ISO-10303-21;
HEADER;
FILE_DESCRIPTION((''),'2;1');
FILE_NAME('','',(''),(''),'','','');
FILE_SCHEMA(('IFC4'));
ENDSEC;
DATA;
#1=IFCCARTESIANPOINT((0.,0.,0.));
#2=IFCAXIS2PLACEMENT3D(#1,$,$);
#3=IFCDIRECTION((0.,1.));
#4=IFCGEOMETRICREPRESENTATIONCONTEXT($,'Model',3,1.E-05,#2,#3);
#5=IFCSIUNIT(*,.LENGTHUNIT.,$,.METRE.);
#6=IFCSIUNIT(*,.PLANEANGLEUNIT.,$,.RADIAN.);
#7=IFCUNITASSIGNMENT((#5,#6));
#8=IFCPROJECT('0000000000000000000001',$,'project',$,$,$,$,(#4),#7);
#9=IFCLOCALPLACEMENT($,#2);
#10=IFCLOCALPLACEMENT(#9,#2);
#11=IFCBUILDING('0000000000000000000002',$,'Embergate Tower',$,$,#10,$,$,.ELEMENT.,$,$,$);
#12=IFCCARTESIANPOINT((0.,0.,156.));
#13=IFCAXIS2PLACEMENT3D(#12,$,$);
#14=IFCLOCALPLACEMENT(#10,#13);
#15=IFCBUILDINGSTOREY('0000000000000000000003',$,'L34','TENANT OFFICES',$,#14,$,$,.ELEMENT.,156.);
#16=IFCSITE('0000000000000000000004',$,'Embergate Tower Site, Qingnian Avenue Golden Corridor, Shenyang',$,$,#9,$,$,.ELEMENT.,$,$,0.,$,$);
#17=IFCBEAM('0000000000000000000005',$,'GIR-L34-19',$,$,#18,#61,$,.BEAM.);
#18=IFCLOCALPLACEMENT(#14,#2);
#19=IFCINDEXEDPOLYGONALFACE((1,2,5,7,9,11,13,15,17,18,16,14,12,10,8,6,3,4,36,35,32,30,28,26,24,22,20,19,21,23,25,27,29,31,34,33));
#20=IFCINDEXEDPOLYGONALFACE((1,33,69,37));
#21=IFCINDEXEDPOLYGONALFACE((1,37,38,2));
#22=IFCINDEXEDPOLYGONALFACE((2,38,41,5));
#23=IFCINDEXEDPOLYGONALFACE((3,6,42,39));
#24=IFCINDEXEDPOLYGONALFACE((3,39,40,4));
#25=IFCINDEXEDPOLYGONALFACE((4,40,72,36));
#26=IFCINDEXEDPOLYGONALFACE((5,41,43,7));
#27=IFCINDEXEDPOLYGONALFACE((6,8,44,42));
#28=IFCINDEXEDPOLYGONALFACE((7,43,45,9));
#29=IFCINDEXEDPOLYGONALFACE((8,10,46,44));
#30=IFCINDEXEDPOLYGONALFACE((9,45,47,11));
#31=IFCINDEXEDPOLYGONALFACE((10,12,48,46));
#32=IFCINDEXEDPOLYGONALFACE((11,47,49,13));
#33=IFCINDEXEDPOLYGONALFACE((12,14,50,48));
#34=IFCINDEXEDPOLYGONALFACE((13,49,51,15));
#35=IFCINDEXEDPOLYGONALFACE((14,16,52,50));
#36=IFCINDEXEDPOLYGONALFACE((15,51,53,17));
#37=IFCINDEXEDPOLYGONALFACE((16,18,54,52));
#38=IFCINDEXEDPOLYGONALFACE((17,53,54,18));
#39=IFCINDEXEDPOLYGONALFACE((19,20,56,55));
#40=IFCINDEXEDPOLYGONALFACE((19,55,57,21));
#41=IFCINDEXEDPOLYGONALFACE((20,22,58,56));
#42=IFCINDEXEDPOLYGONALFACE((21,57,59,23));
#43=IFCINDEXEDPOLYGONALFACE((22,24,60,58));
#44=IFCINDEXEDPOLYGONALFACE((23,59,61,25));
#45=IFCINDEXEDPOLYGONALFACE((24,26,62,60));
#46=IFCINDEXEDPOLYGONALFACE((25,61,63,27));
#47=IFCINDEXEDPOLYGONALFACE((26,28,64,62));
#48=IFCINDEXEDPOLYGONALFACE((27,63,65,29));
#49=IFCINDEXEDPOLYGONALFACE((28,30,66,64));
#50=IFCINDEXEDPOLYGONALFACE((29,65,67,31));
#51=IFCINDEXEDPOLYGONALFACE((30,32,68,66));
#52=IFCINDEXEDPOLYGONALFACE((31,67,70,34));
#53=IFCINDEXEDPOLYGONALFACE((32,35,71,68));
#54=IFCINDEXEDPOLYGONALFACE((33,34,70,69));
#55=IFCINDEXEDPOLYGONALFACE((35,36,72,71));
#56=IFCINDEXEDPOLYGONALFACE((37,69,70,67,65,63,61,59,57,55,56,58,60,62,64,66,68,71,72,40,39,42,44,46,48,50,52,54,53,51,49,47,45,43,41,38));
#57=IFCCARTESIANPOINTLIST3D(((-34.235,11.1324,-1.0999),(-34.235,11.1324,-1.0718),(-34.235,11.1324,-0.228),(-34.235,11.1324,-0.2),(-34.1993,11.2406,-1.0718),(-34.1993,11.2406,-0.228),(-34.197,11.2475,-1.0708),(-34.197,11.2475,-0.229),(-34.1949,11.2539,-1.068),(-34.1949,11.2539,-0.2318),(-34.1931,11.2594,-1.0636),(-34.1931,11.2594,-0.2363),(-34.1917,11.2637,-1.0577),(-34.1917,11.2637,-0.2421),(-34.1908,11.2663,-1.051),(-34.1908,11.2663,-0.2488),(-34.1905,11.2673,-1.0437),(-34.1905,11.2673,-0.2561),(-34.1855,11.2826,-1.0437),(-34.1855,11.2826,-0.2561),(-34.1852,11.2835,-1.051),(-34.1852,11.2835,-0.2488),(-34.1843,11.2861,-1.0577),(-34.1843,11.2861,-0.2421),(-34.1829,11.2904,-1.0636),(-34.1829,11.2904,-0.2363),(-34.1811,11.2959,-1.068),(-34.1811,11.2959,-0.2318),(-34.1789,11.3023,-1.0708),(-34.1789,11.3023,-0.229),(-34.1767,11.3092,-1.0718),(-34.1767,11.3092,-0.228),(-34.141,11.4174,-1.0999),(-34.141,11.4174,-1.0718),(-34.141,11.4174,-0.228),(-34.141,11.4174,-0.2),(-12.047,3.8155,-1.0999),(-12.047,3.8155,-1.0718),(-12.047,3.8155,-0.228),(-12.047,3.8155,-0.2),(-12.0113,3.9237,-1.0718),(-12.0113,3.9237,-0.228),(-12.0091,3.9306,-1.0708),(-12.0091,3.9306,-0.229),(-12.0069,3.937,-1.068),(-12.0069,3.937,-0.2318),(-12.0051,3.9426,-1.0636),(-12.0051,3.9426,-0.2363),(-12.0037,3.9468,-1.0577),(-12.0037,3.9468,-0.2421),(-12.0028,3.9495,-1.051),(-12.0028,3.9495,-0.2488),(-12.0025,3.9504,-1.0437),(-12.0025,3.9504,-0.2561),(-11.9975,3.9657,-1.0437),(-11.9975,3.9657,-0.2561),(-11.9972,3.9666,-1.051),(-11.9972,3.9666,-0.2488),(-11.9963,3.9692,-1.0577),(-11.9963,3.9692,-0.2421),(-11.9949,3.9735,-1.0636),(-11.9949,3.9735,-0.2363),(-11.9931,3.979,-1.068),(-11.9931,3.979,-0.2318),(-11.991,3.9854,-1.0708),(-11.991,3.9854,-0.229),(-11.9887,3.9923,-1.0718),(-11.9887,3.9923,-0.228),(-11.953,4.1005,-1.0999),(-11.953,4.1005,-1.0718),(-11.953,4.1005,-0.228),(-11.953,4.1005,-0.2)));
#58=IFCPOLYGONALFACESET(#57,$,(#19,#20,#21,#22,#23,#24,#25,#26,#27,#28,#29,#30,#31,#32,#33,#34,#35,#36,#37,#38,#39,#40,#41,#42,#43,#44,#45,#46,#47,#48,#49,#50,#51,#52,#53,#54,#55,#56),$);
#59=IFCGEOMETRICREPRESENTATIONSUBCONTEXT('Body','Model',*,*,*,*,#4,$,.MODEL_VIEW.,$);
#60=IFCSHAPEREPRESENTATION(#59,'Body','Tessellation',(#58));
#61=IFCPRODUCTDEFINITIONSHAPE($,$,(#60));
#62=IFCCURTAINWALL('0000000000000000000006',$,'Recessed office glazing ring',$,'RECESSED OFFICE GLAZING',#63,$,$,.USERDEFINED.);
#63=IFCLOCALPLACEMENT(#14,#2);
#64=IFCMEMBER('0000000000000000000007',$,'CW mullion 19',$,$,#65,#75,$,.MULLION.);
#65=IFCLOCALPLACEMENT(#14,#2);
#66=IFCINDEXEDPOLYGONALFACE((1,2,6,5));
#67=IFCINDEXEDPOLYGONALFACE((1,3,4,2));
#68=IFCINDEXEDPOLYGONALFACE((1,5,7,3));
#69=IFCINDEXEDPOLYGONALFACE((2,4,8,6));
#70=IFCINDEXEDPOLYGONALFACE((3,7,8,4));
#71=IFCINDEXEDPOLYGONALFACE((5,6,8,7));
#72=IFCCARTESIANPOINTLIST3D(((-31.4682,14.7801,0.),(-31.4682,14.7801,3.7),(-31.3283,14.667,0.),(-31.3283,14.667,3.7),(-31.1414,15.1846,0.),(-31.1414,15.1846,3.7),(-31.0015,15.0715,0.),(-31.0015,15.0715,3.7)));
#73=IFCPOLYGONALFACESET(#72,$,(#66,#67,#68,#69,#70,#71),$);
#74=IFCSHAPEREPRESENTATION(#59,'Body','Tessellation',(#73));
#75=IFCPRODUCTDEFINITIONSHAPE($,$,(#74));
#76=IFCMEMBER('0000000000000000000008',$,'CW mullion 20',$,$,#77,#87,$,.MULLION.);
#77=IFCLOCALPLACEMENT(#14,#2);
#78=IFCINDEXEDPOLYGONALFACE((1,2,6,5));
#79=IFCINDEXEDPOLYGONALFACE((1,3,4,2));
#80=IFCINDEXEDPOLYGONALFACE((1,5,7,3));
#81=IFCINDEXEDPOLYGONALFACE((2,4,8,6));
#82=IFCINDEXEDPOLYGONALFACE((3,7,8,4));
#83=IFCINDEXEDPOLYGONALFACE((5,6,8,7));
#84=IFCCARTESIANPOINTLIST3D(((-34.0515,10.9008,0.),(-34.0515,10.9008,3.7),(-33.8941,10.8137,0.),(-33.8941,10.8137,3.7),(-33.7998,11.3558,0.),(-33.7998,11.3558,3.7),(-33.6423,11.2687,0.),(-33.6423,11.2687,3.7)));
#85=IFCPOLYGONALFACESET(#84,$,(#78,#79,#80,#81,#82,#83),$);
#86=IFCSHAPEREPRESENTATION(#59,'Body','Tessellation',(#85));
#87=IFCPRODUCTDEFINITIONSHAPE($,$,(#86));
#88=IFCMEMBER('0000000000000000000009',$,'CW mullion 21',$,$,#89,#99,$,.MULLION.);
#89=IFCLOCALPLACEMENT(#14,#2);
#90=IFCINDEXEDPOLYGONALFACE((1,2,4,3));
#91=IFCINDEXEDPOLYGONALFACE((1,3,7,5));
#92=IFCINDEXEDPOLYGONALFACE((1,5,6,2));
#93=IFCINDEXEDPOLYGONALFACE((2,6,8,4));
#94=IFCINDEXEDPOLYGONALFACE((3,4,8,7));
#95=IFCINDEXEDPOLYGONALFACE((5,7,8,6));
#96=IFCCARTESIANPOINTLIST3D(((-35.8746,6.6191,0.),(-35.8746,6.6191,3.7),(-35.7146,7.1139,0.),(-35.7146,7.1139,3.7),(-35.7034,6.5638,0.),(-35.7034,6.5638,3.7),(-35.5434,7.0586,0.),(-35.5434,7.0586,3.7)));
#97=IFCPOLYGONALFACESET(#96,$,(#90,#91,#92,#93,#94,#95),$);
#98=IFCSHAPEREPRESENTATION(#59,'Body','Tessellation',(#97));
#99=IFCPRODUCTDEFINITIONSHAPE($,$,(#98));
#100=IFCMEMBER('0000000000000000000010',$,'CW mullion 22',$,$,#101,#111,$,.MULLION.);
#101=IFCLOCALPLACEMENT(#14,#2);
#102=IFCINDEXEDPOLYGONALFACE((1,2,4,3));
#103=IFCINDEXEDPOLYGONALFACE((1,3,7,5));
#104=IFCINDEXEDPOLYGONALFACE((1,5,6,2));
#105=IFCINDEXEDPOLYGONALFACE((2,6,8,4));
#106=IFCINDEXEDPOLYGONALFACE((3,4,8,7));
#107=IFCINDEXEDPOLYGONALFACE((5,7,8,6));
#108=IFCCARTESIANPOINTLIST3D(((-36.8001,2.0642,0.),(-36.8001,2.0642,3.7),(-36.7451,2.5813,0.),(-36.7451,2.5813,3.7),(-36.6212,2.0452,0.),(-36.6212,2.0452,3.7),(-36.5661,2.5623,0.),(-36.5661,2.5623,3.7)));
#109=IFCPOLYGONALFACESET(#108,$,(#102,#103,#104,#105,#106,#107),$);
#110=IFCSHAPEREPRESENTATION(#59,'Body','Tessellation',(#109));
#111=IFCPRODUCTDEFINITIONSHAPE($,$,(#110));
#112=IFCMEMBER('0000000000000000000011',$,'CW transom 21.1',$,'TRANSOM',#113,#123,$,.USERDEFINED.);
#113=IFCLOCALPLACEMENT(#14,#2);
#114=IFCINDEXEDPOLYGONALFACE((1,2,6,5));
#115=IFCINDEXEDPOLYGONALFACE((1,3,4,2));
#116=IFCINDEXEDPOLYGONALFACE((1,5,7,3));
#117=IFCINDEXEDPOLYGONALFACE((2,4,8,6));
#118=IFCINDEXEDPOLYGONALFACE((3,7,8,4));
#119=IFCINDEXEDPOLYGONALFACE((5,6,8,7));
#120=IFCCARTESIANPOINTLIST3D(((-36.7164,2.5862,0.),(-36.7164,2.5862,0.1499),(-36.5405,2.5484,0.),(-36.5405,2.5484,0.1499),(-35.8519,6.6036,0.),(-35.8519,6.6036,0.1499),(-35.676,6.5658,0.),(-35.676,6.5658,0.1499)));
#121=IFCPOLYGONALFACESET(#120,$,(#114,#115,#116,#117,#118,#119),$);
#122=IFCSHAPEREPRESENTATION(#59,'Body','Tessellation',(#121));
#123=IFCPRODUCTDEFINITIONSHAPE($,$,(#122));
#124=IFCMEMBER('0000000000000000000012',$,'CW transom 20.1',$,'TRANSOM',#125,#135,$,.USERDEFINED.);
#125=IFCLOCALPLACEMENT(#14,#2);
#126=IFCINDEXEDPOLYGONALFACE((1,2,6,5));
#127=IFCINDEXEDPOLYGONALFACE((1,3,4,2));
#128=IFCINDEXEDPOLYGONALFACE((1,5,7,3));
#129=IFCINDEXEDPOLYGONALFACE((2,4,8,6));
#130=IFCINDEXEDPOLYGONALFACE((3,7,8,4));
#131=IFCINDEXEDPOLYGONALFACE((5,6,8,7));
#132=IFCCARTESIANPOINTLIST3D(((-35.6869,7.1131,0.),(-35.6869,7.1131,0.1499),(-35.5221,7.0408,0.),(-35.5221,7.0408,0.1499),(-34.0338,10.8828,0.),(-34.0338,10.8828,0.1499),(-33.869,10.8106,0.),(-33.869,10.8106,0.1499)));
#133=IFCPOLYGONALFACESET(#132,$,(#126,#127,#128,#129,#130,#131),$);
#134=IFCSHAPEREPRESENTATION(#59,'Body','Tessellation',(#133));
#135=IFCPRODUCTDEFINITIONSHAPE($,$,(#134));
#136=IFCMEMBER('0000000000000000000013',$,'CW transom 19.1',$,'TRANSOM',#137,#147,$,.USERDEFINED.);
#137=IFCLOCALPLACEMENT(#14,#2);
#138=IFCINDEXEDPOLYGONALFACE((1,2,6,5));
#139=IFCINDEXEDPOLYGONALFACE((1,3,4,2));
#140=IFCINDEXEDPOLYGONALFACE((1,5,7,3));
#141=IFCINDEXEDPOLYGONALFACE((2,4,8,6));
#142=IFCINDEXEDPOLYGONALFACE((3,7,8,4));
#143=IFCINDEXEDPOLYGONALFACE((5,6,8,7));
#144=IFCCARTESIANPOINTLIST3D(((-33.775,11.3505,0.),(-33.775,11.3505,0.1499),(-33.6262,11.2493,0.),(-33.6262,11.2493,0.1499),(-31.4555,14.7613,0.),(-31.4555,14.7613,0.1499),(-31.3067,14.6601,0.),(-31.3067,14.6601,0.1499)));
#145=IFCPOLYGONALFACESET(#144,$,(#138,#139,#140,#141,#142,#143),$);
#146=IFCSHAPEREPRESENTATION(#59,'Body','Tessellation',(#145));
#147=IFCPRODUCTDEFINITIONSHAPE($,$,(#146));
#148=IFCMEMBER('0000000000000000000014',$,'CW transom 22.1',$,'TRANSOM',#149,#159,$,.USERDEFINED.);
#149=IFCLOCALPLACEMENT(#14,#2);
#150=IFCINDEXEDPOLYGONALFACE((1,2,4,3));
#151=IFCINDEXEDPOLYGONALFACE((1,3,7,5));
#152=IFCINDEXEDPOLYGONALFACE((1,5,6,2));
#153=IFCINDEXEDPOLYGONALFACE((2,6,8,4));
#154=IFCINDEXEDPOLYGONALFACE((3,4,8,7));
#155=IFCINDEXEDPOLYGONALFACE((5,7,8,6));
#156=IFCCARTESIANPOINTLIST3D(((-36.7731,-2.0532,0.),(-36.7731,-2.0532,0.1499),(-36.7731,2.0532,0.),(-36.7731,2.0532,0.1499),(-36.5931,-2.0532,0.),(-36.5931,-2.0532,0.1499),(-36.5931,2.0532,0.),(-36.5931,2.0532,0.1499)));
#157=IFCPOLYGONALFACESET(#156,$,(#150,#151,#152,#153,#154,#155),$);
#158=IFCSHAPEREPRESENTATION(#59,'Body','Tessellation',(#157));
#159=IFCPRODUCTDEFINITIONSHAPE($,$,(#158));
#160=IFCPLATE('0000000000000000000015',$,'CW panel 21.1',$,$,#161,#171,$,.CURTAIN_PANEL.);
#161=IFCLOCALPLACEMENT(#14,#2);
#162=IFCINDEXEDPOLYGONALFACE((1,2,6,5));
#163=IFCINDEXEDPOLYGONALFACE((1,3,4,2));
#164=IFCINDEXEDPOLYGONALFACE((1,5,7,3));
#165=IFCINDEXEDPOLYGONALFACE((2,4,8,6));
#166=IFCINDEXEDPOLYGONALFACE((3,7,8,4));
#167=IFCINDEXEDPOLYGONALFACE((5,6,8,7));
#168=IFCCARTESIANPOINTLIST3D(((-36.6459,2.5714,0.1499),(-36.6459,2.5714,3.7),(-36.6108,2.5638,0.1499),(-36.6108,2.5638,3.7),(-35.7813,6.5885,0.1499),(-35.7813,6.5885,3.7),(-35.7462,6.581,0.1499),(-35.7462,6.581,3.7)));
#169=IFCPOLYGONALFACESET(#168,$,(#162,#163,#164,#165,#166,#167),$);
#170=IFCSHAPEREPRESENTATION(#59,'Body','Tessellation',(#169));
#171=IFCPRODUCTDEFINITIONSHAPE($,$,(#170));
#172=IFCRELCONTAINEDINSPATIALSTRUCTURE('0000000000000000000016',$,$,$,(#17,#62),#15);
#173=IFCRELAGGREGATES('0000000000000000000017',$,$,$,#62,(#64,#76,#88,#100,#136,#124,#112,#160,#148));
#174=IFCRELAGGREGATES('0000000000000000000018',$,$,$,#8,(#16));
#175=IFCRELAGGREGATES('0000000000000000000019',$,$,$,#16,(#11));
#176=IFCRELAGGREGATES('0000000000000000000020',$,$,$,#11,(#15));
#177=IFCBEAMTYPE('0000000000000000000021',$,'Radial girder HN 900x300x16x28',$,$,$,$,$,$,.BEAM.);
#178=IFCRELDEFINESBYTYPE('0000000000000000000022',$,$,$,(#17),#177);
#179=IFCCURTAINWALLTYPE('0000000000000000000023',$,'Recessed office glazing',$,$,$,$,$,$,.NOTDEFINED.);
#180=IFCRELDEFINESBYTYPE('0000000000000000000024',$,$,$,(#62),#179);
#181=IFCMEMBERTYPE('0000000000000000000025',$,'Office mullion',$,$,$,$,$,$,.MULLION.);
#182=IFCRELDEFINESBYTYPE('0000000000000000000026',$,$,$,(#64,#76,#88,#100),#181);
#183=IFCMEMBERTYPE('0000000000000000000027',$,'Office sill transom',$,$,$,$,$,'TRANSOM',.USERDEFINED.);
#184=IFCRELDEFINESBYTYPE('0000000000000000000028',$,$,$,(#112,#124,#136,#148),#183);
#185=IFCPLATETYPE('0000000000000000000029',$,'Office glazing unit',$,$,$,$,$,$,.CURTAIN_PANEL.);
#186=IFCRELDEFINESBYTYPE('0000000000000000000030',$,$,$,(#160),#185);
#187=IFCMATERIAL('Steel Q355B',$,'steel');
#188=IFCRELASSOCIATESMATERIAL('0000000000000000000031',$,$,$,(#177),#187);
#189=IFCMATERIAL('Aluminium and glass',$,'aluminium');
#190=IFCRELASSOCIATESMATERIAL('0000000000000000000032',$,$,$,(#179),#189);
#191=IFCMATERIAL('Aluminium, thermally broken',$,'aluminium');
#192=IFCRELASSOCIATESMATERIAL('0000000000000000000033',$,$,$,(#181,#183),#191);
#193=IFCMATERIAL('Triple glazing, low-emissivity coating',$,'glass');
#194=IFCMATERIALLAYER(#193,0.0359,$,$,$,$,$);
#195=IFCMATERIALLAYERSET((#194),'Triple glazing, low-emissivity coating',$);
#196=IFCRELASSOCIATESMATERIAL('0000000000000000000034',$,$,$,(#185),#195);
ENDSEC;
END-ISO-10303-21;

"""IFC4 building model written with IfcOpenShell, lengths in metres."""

from ifc_helpers import new_model, si_unit, direction, frame, origin, origin_2d, place, context, subcontext, project, spatial, rectangle, i_section, extrude, source, transform, mapped, material, layer, layer_set, material_profile, profile_set, type_object, element, aggregate, save


model = new_model("IFC4")

# Units and contexts
model_context = context("Model", 3, precision=1e-05, world=origin(), true_north=direction((0.0, 1.0)))
body_context = subcontext(model_context, "Body", "Model", "MODEL_VIEW")
ifc_project = project(units=[si_unit("LENGTHUNIT", "METRE"), si_unit("PLANEANGLEUNIT", "RADIAN")], contexts=[model_context])

# Site, building, storey
site_placement = place(None, origin())
site = spatial("IfcSite", under=ifc_project, at=site_placement, Name="Embergate Tower Site, Qingnian Avenue Golden Corridor, Shenyang", CompositionType="ELEMENT", RefElevation=0.0)
building_placement = place(site_placement, origin())
building = spatial("IfcBuilding", under=site, at=building_placement, Name="Embergate Tower", CompositionType="ELEMENT")
storey_placement = place(building_placement, frame((0.0, 0.0, 156.0)))
storey = spatial("IfcBuildingStorey", under=building, at=storey_placement, Name="L34", Description="TENANT OFFICES", CompositionType="ELEMENT", Elevation=156.0)

# Beam
ifc_material_1 = material(Name="Steel Q355B", Category="steel")
ifc_material_profile_1 = material_profile(ifc_material_1, i_section(OverallWidth=0.3, OverallDepth=0.8999, WebThickness=0.0161, FlangeThickness=0.0281, FilletRadius=0.0281, at=origin_2d()), Name="HN 900x300x16x28")
ifc_profile_set_1 = profile_set([ifc_material_profile_1], Name="Steel Q355 grade B")
beam_type_1 = type_object("IfcBeamType", Name="Radial girder HN 900x300x16x28", PredefinedType="BEAM", material=ifc_profile_set_1)
shared_shape_1 = source(origin(), body_context, "Body", "SweptSolid", [
    extrude(i_section(OverallWidth=0.3, OverallDepth=0.8999, WebThickness=0.0161, FlangeThickness=0.0281, FilletRadius=0.0281, at=origin_2d()), origin(), (0.0, 0.0, 1.0), 23.3633),
])
beam_1_placement = place(storey_placement, frame((-34.188, 11.2749, -0.6499), z_axis=(0.949694, -0.313179, 0.0), x_axis=(0.313179, 0.949694, 0.0)))
element("IfcBeam", 1, at=beam_1_placement, inside=storey, type_object=beam_type_1, Name="GIR-L34-19", PredefinedType="BEAM", context=body_context, shape_type="MappedRepresentation", body=[
    mapped(shared_shape_1, transform((0.0, 0.0, 0.0))),
])

# Curtain wall, members, plate
ifc_material_2 = material(Name="Aluminium and glass", Category="aluminium")
curtain_wall_type = type_object("IfcCurtainWallType", Name="Recessed office glazing", PredefinedType="NOTDEFINED", material=ifc_material_2)
curtain_wall_placement = place(storey_placement, origin())
curtain_wall = element("IfcCurtainWall", 2, at=curtain_wall_placement, inside=storey, type_object=curtain_wall_type, Name="Recessed office glazing ring", ObjectType="RECESSED OFFICE GLAZING", PredefinedType="USERDEFINED")
ifc_material_3 = material(Name="Aluminium, thermally broken", Category="aluminium")
ifc_material_profile_2 = material_profile(ifc_material_3, rectangle(XDim=0.1799, YDim=0.52, at=origin_2d()), Name="AL 520x180")
ifc_profile_set_2 = profile_set([ifc_material_profile_2], Name="Aluminium, thermally broken")
member_type_1 = type_object("IfcMemberType", Name="Office mullion", PredefinedType="MULLION", material=ifc_profile_set_2)
shared_shape_2 = source(origin(), body_context, "Body", "SweptSolid", [
    extrude(rectangle(XDim=0.1799, YDim=0.52, at=origin_2d()), origin(), (0.0, 0.0, 1.0), 3.7),
])
member_1_placement = place(storey_placement, frame((-31.2349, 14.9258, 0.0), z_axis=(0.0, 0.0, 1.0), x_axis=(0.777873, -0.628422, 0.0)))
member_1 = element("IfcMember", 3, at=member_1_placement, type_object=member_type_1, Name="CW mullion 19", PredefinedType="MULLION", context=body_context, shape_type="MappedRepresentation", body=[
    mapped(shared_shape_2, transform((0.0, 0.0, 0.0))),
])
member_2_placement = place(storey_placement, frame((-33.8469, 11.0847, 0.0), z_axis=(0.0, 0.0, 1.0), x_axis=(0.875002, -0.484119, 0.0)))
member_2 = element("IfcMember", 4, at=member_2_placement, type_object=member_type_1, Name="CW mullion 20", PredefinedType="MULLION", context=body_context, shape_type="MappedRepresentation", body=[
    mapped(shared_shape_2, transform((0.0, 0.0, 0.0))),
])
member_3_placement = place(storey_placement, frame((-35.709, 6.8389, 0.0), z_axis=(0.0, 0.0, 1.0), x_axis=(0.951498, -0.307654, 0.0)))
member_3 = element("IfcMember", 5, at=member_3_placement, type_object=member_type_1, Name="CW mullion 21", PredefinedType="MULLION", context=body_context, shape_type="MappedRepresentation", body=[
    mapped(shared_shape_2, transform((0.0, 0.0, 0.0))),
])
member_4_placement = place(storey_placement, frame((-36.6831, 2.3132, 0.0), z_axis=(0.0, 0.0, 1.0), x_axis=(0.994385, -0.105823, 0.0)))
member_4 = element("IfcMember", 6, at=member_4_placement, type_object=member_type_1, Name="CW mullion 22", PredefinedType="MULLION", context=body_context, shape_type="MappedRepresentation", body=[
    mapped(shared_shape_2, transform((0.0, 0.0, 0.0))),
])
ifc_material_profile_3 = material_profile(ifc_material_3, rectangle(XDim=0.1799, YDim=0.1499, at=origin_2d()), Name="AL 150x180")
ifc_profile_set_3 = profile_set([ifc_material_profile_3], Name="Aluminium, thermally broken")
member_type_2 = type_object("IfcMemberType", Name="Office sill transom", ElementType="TRANSOM", PredefinedType="USERDEFINED", material=ifc_profile_set_3)
shared_shape_3 = source(origin(), body_context, "Body", "SweptSolid", [
    extrude(rectangle(XDim=0.1799, YDim=0.1499, at=origin_2d()), origin(), (0.0, 0.0, 1.0), 4.1094),
])
member_5_placement = place(storey_placement, frame((-35.7639, 6.5847, 0.075), z_axis=(-0.210377, -0.97762, 0.0), x_axis=(0.97762, -0.210377, 0.0)))
member_5 = element("IfcMember", 7, at=member_5_placement, type_object=member_type_2, Name="CW transom 21.1", ObjectType="TRANSOM", PredefinedType="USERDEFINED", context=body_context, shape_type="MappedRepresentation", body=[
    mapped(shared_shape_3, transform((0.0, 0.0, 0.0))),
])
shared_shape_4 = source(origin(), body_context, "Body", "SweptSolid", [
    extrude(rectangle(XDim=0.1799, YDim=0.1499, at=origin_2d()), origin(), (0.0, 0.0, 1.0), 4.1162),
])
member_6_placement = place(storey_placement, frame((-33.9514, 10.8467, 0.075), z_axis=(-0.401593, -0.915818, 0.0), x_axis=(0.915818, -0.401593, 0.0)))
member_6 = element("IfcMember", 8, at=member_6_placement, type_object=member_type_2, Name="CW transom 20.1", ObjectType="TRANSOM", PredefinedType="USERDEFINED", context=body_context, shape_type="MappedRepresentation", body=[
    mapped(shared_shape_4, transform((0.0, 0.0, 0.0))),
])
shared_shape_5 = source(origin(), body_context, "Body", "SweptSolid", [
    extrude(rectangle(XDim=0.1799, YDim=0.1499, at=origin_2d()), origin(), (0.0, 0.0, 1.0), 4.1248),
])
member_7_placement = place(storey_placement, frame((-31.3811, 14.7107, 0.075), z_axis=(-0.562339, -0.826907, 0.0), x_axis=(0.826907, -0.562339, 0.0)))
member_7 = element("IfcMember", 9, at=member_7_placement, type_object=member_type_2, Name="CW transom 19.1", ObjectType="TRANSOM", PredefinedType="USERDEFINED", context=body_context, shape_type="MappedRepresentation", body=[
    mapped(shared_shape_5, transform((0.0, 0.0, 0.0))),
])
shared_shape_6 = source(origin(), body_context, "Body", "SweptSolid", [
    extrude(rectangle(XDim=0.1799, YDim=0.1499, at=origin_2d()), origin(), (0.0, 0.0, 1.0), 4.1064),
])
member_8_placement = place(storey_placement, frame((-36.6831, 2.0532, 0.075), z_axis=(0.0, -1.0, 0.0), x_axis=(1.0, 0.0, 0.0)))
member_8 = element("IfcMember", 10, at=member_8_placement, type_object=member_type_2, Name="CW transom 22.1", ObjectType="TRANSOM", PredefinedType="USERDEFINED", context=body_context, shape_type="MappedRepresentation", body=[
    mapped(shared_shape_6, transform((0.0, 0.0, 0.0))),
])
ifc_material_4 = material(Name="Triple glazing, low-emissivity coating", Category="glass")
ifc_layer_1 = layer(ifc_material_4, 0.0359)
ifc_layer_set_1 = layer_set([ifc_layer_1], Name="Triple glazing, low-emissivity coating")
plate_type = type_object("IfcPlateType", Name="Office glazing unit", PredefinedType="CURTAIN_PANEL", material=ifc_layer_set_1)
shared_shape_7 = source(origin(), body_context, "Body", "SweptSolid", [
    extrude(rectangle(XDim=4.1091, YDim=0.0359, at=origin_2d()), origin(), (0.0, 0.0, 1.0), 3.55),
])
plate_1_placement = place(storey_placement, frame((-36.196, 4.5762, 0.1499), z_axis=(0.0, 0.0, 1.0), x_axis=(-0.210398, -0.977616, 0.0)))
plate_1 = element("IfcPlate", 11, at=plate_1_placement, type_object=plate_type, Name="CW panel 21.1", PredefinedType="CURTAIN_PANEL", context=body_context, shape_type="MappedRepresentation", body=[
    mapped(shared_shape_7, transform((0.0, 0.0, 0.0))),
])
aggregate(curtain_wall, [member_1, member_2, member_3, member_4, member_7, member_6, member_5, plate_1, member_8])

save(model, "model.ifc")
